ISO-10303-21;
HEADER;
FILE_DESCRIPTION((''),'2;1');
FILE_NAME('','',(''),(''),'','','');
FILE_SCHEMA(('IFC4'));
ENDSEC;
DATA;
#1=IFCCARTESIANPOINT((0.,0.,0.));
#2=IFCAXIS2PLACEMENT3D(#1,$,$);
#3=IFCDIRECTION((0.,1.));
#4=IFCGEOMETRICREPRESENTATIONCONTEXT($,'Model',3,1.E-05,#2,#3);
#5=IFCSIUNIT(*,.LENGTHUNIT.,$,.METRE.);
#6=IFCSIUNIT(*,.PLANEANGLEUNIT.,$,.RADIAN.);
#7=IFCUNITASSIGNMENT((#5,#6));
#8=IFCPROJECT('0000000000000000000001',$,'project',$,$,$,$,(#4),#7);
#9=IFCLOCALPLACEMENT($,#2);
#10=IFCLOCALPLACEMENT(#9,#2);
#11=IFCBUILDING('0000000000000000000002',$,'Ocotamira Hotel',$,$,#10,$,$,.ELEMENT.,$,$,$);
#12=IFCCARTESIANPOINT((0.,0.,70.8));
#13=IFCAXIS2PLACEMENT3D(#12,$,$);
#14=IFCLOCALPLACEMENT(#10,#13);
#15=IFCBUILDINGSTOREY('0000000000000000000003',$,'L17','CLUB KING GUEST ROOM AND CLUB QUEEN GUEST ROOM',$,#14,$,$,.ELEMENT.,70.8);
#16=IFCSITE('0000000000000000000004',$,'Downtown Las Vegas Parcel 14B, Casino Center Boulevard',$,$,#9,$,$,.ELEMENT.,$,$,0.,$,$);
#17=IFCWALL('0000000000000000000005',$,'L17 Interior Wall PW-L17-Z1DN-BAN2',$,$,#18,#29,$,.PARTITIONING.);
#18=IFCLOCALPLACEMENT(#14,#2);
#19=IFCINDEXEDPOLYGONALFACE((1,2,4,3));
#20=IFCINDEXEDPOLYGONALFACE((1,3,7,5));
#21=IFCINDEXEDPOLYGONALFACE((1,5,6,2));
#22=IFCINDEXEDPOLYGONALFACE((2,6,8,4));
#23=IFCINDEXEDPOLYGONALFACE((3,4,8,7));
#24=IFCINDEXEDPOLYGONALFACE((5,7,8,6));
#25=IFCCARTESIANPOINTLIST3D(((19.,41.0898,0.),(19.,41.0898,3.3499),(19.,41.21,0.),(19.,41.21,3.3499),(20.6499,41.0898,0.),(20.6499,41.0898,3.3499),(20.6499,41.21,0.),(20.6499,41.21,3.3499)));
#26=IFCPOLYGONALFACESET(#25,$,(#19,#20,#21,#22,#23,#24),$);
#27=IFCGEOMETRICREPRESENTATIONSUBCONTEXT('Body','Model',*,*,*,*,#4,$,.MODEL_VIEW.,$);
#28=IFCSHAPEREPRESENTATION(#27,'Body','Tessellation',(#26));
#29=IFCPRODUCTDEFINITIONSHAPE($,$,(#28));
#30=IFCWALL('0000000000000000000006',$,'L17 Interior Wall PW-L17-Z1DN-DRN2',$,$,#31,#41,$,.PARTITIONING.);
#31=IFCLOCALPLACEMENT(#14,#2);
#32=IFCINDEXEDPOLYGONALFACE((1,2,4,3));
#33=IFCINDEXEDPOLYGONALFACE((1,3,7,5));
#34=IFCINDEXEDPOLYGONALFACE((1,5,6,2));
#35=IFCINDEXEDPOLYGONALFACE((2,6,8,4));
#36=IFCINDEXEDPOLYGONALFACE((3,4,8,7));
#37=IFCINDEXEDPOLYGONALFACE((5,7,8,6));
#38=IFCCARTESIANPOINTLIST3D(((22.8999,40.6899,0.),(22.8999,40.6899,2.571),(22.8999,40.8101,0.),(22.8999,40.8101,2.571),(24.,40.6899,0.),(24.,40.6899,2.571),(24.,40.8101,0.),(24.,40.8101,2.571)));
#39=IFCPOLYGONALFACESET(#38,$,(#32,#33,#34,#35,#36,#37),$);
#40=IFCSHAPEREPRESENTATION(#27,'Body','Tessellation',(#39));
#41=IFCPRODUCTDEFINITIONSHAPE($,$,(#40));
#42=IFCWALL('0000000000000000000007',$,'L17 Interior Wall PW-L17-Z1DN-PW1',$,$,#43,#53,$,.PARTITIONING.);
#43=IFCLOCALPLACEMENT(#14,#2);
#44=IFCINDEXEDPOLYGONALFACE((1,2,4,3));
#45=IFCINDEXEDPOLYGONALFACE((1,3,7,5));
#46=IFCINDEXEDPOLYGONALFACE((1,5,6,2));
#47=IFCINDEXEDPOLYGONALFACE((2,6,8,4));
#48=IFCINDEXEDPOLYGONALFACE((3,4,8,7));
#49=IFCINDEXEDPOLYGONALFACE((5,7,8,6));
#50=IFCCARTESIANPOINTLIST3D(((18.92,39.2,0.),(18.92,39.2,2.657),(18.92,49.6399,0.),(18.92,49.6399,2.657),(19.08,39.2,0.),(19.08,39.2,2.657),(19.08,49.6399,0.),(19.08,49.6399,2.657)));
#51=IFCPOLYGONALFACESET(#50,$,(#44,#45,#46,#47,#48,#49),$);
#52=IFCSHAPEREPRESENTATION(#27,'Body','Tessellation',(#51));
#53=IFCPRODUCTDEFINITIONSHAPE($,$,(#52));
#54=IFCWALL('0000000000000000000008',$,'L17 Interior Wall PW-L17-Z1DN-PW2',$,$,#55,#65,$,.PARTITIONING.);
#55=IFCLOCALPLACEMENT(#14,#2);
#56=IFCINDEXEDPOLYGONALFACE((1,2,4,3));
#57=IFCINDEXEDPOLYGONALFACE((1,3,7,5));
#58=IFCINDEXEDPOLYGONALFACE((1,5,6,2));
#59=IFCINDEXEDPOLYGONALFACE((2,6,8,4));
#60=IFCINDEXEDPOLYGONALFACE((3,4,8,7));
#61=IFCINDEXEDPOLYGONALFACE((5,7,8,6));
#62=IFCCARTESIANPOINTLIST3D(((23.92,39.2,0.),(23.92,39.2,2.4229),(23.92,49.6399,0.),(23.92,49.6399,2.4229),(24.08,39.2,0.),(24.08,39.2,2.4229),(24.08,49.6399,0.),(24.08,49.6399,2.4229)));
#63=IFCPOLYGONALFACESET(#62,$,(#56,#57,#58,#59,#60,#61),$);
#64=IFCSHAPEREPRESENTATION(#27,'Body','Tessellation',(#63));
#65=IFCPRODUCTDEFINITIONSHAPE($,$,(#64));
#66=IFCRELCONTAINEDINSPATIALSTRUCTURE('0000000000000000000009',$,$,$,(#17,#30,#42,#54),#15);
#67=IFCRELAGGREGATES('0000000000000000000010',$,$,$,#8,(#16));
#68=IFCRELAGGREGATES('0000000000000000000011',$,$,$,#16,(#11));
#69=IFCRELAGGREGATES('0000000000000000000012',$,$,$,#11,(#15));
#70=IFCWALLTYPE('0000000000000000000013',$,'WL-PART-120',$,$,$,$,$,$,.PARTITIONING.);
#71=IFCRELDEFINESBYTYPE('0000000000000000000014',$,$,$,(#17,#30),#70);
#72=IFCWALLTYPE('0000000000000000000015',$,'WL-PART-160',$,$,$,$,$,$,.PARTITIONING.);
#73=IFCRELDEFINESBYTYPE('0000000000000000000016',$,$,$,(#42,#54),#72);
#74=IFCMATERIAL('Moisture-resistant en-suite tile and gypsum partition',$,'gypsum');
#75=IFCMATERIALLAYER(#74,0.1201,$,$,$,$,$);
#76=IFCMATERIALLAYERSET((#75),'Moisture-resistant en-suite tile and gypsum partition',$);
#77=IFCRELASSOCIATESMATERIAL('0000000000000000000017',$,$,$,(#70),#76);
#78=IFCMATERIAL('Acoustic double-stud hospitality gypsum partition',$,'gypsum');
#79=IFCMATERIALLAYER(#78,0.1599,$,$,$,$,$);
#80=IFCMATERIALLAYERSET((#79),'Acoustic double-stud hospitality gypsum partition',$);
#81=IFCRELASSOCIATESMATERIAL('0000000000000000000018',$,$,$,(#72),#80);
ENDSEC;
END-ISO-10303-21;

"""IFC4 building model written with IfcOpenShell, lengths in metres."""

from ifc_helpers import new_model, si_unit, direction, frame, frame_2d, origin, place, context, subcontext, project, spatial, rectangle, extrude, material, layer, layer_set, type_object, element, save


model = new_model("IFC4")

# Units and contexts
model_context = context("Model", 3, precision=1e-05, world=origin(), true_north=direction((0.0, 1.0)))
body_context = subcontext(model_context, "Body", "Model", "MODEL_VIEW")
ifc_project = project(units=[si_unit("LENGTHUNIT", "METRE"), si_unit("PLANEANGLEUNIT", "RADIAN")], contexts=[model_context])

# Site, building, storey
site_placement = place(None, origin())
site = spatial("IfcSite", under=ifc_project, at=site_placement, Name="Downtown Las Vegas Parcel 14B, Casino Center Boulevard", CompositionType="ELEMENT", RefElevation=0.0)
building_placement = place(site_placement, origin())
building = spatial("IfcBuilding", under=site, at=building_placement, Name="Ocotamira Hotel", CompositionType="ELEMENT")
storey_placement = place(building_placement, frame((0.0, 0.0, 70.8)))
storey = spatial("IfcBuildingStorey", under=building, at=storey_placement, Name="L17", Description="CLUB KING GUEST ROOM AND CLUB QUEEN GUEST ROOM", CompositionType="ELEMENT", Elevation=70.8)

# Shared definitions
ifc_material_1 = material(Name="Moisture-resistant en-suite tile and gypsum partition", Category="gypsum")
ifc_layer_1 = layer(ifc_material_1, 0.1201)
ifc_layer_set_1 = layer_set([ifc_layer_1], Name="Moisture-resistant en-suite tile and gypsum partition")
wall_type_1 = type_object("IfcWallType", Name="WL-PART-120", PredefinedType="PARTITIONING", material=ifc_layer_set_1)

# Walls
wall_1_placement = place(storey_placement, frame((19.0, 41.1499, 0.0), z_axis=(0.0, 0.0, 1.0), x_axis=(1.0, 0.0, 0.0)))
element("IfcWall", 1, at=wall_1_placement, inside=storey, type_object=wall_type_1, Name="L17 Interior Wall PW-L17-Z1DN-BAN2", PredefinedType="PARTITIONING", context=body_context, shape_type="SweptSolid", body=[
    extrude(rectangle(XDim=1.6499, YDim=0.1201, at=frame_2d((0.825, 0.0))), origin(), (0.0, 0.0, 1.0), 3.3499),
])
wall_2_placement = place(storey_placement, frame((22.8999, 40.75, 0.0), z_axis=(0.0, 0.0, 1.0), x_axis=(1.0, 0.0, 0.0)))
element("IfcWall", 2, at=wall_2_placement, inside=storey, type_object=wall_type_1, Name="L17 Interior Wall PW-L17-Z1DN-DRN2", PredefinedType="PARTITIONING", context=body_context, shape_type="SweptSolid", body=[
    extrude(rectangle(XDim=1.1001, YDim=0.1201, at=frame_2d((0.55, 0.0))), origin(), (0.0, 0.0, 1.0), 2.571),
])
ifc_material_2 = material(Name="Acoustic double-stud hospitality gypsum partition", Category="gypsum")
ifc_layer_2 = layer(ifc_material_2, 0.1599)
ifc_layer_set_2 = layer_set([ifc_layer_2], Name="Acoustic double-stud hospitality gypsum partition")
wall_type_2 = type_object("IfcWallType", Name="WL-PART-160", PredefinedType="PARTITIONING", material=ifc_layer_set_2)
wall_3_placement = place(storey_placement, frame((19.0, 39.2, 0.0), z_axis=(0.0, 0.0, 1.0), x_axis=(0.0, 1.0, 0.0)))
element("IfcWall", 3, at=wall_3_placement, inside=storey, type_object=wall_type_2, Name="L17 Interior Wall PW-L17-Z1DN-PW1", PredefinedType="PARTITIONING", context=body_context, shape_type="SweptSolid", body=[
    extrude(rectangle(XDim=10.4399, YDim=0.1599, at=frame_2d((5.22, 0.0))), origin(), (0.0, 0.0, 1.0), 2.657),
])
wall_4_placement = place(storey_placement, frame((24.0, 39.2, 0.0), z_axis=(0.0, 0.0, 1.0), x_axis=(0.0, 1.0, 0.0)))
element("IfcWall", 4, at=wall_4_placement, inside=storey, type_object=wall_type_2, Name="L17 Interior Wall PW-L17-Z1DN-PW2", PredefinedType="PARTITIONING", context=body_context, shape_type="SweptSolid", body=[
    extrude(rectangle(XDim=10.4399, YDim=0.1599, at=frame_2d((5.22, 0.0))), origin(), (0.0, 0.0, 1.0), 2.4229),
])

save(model, "model.ifc")
